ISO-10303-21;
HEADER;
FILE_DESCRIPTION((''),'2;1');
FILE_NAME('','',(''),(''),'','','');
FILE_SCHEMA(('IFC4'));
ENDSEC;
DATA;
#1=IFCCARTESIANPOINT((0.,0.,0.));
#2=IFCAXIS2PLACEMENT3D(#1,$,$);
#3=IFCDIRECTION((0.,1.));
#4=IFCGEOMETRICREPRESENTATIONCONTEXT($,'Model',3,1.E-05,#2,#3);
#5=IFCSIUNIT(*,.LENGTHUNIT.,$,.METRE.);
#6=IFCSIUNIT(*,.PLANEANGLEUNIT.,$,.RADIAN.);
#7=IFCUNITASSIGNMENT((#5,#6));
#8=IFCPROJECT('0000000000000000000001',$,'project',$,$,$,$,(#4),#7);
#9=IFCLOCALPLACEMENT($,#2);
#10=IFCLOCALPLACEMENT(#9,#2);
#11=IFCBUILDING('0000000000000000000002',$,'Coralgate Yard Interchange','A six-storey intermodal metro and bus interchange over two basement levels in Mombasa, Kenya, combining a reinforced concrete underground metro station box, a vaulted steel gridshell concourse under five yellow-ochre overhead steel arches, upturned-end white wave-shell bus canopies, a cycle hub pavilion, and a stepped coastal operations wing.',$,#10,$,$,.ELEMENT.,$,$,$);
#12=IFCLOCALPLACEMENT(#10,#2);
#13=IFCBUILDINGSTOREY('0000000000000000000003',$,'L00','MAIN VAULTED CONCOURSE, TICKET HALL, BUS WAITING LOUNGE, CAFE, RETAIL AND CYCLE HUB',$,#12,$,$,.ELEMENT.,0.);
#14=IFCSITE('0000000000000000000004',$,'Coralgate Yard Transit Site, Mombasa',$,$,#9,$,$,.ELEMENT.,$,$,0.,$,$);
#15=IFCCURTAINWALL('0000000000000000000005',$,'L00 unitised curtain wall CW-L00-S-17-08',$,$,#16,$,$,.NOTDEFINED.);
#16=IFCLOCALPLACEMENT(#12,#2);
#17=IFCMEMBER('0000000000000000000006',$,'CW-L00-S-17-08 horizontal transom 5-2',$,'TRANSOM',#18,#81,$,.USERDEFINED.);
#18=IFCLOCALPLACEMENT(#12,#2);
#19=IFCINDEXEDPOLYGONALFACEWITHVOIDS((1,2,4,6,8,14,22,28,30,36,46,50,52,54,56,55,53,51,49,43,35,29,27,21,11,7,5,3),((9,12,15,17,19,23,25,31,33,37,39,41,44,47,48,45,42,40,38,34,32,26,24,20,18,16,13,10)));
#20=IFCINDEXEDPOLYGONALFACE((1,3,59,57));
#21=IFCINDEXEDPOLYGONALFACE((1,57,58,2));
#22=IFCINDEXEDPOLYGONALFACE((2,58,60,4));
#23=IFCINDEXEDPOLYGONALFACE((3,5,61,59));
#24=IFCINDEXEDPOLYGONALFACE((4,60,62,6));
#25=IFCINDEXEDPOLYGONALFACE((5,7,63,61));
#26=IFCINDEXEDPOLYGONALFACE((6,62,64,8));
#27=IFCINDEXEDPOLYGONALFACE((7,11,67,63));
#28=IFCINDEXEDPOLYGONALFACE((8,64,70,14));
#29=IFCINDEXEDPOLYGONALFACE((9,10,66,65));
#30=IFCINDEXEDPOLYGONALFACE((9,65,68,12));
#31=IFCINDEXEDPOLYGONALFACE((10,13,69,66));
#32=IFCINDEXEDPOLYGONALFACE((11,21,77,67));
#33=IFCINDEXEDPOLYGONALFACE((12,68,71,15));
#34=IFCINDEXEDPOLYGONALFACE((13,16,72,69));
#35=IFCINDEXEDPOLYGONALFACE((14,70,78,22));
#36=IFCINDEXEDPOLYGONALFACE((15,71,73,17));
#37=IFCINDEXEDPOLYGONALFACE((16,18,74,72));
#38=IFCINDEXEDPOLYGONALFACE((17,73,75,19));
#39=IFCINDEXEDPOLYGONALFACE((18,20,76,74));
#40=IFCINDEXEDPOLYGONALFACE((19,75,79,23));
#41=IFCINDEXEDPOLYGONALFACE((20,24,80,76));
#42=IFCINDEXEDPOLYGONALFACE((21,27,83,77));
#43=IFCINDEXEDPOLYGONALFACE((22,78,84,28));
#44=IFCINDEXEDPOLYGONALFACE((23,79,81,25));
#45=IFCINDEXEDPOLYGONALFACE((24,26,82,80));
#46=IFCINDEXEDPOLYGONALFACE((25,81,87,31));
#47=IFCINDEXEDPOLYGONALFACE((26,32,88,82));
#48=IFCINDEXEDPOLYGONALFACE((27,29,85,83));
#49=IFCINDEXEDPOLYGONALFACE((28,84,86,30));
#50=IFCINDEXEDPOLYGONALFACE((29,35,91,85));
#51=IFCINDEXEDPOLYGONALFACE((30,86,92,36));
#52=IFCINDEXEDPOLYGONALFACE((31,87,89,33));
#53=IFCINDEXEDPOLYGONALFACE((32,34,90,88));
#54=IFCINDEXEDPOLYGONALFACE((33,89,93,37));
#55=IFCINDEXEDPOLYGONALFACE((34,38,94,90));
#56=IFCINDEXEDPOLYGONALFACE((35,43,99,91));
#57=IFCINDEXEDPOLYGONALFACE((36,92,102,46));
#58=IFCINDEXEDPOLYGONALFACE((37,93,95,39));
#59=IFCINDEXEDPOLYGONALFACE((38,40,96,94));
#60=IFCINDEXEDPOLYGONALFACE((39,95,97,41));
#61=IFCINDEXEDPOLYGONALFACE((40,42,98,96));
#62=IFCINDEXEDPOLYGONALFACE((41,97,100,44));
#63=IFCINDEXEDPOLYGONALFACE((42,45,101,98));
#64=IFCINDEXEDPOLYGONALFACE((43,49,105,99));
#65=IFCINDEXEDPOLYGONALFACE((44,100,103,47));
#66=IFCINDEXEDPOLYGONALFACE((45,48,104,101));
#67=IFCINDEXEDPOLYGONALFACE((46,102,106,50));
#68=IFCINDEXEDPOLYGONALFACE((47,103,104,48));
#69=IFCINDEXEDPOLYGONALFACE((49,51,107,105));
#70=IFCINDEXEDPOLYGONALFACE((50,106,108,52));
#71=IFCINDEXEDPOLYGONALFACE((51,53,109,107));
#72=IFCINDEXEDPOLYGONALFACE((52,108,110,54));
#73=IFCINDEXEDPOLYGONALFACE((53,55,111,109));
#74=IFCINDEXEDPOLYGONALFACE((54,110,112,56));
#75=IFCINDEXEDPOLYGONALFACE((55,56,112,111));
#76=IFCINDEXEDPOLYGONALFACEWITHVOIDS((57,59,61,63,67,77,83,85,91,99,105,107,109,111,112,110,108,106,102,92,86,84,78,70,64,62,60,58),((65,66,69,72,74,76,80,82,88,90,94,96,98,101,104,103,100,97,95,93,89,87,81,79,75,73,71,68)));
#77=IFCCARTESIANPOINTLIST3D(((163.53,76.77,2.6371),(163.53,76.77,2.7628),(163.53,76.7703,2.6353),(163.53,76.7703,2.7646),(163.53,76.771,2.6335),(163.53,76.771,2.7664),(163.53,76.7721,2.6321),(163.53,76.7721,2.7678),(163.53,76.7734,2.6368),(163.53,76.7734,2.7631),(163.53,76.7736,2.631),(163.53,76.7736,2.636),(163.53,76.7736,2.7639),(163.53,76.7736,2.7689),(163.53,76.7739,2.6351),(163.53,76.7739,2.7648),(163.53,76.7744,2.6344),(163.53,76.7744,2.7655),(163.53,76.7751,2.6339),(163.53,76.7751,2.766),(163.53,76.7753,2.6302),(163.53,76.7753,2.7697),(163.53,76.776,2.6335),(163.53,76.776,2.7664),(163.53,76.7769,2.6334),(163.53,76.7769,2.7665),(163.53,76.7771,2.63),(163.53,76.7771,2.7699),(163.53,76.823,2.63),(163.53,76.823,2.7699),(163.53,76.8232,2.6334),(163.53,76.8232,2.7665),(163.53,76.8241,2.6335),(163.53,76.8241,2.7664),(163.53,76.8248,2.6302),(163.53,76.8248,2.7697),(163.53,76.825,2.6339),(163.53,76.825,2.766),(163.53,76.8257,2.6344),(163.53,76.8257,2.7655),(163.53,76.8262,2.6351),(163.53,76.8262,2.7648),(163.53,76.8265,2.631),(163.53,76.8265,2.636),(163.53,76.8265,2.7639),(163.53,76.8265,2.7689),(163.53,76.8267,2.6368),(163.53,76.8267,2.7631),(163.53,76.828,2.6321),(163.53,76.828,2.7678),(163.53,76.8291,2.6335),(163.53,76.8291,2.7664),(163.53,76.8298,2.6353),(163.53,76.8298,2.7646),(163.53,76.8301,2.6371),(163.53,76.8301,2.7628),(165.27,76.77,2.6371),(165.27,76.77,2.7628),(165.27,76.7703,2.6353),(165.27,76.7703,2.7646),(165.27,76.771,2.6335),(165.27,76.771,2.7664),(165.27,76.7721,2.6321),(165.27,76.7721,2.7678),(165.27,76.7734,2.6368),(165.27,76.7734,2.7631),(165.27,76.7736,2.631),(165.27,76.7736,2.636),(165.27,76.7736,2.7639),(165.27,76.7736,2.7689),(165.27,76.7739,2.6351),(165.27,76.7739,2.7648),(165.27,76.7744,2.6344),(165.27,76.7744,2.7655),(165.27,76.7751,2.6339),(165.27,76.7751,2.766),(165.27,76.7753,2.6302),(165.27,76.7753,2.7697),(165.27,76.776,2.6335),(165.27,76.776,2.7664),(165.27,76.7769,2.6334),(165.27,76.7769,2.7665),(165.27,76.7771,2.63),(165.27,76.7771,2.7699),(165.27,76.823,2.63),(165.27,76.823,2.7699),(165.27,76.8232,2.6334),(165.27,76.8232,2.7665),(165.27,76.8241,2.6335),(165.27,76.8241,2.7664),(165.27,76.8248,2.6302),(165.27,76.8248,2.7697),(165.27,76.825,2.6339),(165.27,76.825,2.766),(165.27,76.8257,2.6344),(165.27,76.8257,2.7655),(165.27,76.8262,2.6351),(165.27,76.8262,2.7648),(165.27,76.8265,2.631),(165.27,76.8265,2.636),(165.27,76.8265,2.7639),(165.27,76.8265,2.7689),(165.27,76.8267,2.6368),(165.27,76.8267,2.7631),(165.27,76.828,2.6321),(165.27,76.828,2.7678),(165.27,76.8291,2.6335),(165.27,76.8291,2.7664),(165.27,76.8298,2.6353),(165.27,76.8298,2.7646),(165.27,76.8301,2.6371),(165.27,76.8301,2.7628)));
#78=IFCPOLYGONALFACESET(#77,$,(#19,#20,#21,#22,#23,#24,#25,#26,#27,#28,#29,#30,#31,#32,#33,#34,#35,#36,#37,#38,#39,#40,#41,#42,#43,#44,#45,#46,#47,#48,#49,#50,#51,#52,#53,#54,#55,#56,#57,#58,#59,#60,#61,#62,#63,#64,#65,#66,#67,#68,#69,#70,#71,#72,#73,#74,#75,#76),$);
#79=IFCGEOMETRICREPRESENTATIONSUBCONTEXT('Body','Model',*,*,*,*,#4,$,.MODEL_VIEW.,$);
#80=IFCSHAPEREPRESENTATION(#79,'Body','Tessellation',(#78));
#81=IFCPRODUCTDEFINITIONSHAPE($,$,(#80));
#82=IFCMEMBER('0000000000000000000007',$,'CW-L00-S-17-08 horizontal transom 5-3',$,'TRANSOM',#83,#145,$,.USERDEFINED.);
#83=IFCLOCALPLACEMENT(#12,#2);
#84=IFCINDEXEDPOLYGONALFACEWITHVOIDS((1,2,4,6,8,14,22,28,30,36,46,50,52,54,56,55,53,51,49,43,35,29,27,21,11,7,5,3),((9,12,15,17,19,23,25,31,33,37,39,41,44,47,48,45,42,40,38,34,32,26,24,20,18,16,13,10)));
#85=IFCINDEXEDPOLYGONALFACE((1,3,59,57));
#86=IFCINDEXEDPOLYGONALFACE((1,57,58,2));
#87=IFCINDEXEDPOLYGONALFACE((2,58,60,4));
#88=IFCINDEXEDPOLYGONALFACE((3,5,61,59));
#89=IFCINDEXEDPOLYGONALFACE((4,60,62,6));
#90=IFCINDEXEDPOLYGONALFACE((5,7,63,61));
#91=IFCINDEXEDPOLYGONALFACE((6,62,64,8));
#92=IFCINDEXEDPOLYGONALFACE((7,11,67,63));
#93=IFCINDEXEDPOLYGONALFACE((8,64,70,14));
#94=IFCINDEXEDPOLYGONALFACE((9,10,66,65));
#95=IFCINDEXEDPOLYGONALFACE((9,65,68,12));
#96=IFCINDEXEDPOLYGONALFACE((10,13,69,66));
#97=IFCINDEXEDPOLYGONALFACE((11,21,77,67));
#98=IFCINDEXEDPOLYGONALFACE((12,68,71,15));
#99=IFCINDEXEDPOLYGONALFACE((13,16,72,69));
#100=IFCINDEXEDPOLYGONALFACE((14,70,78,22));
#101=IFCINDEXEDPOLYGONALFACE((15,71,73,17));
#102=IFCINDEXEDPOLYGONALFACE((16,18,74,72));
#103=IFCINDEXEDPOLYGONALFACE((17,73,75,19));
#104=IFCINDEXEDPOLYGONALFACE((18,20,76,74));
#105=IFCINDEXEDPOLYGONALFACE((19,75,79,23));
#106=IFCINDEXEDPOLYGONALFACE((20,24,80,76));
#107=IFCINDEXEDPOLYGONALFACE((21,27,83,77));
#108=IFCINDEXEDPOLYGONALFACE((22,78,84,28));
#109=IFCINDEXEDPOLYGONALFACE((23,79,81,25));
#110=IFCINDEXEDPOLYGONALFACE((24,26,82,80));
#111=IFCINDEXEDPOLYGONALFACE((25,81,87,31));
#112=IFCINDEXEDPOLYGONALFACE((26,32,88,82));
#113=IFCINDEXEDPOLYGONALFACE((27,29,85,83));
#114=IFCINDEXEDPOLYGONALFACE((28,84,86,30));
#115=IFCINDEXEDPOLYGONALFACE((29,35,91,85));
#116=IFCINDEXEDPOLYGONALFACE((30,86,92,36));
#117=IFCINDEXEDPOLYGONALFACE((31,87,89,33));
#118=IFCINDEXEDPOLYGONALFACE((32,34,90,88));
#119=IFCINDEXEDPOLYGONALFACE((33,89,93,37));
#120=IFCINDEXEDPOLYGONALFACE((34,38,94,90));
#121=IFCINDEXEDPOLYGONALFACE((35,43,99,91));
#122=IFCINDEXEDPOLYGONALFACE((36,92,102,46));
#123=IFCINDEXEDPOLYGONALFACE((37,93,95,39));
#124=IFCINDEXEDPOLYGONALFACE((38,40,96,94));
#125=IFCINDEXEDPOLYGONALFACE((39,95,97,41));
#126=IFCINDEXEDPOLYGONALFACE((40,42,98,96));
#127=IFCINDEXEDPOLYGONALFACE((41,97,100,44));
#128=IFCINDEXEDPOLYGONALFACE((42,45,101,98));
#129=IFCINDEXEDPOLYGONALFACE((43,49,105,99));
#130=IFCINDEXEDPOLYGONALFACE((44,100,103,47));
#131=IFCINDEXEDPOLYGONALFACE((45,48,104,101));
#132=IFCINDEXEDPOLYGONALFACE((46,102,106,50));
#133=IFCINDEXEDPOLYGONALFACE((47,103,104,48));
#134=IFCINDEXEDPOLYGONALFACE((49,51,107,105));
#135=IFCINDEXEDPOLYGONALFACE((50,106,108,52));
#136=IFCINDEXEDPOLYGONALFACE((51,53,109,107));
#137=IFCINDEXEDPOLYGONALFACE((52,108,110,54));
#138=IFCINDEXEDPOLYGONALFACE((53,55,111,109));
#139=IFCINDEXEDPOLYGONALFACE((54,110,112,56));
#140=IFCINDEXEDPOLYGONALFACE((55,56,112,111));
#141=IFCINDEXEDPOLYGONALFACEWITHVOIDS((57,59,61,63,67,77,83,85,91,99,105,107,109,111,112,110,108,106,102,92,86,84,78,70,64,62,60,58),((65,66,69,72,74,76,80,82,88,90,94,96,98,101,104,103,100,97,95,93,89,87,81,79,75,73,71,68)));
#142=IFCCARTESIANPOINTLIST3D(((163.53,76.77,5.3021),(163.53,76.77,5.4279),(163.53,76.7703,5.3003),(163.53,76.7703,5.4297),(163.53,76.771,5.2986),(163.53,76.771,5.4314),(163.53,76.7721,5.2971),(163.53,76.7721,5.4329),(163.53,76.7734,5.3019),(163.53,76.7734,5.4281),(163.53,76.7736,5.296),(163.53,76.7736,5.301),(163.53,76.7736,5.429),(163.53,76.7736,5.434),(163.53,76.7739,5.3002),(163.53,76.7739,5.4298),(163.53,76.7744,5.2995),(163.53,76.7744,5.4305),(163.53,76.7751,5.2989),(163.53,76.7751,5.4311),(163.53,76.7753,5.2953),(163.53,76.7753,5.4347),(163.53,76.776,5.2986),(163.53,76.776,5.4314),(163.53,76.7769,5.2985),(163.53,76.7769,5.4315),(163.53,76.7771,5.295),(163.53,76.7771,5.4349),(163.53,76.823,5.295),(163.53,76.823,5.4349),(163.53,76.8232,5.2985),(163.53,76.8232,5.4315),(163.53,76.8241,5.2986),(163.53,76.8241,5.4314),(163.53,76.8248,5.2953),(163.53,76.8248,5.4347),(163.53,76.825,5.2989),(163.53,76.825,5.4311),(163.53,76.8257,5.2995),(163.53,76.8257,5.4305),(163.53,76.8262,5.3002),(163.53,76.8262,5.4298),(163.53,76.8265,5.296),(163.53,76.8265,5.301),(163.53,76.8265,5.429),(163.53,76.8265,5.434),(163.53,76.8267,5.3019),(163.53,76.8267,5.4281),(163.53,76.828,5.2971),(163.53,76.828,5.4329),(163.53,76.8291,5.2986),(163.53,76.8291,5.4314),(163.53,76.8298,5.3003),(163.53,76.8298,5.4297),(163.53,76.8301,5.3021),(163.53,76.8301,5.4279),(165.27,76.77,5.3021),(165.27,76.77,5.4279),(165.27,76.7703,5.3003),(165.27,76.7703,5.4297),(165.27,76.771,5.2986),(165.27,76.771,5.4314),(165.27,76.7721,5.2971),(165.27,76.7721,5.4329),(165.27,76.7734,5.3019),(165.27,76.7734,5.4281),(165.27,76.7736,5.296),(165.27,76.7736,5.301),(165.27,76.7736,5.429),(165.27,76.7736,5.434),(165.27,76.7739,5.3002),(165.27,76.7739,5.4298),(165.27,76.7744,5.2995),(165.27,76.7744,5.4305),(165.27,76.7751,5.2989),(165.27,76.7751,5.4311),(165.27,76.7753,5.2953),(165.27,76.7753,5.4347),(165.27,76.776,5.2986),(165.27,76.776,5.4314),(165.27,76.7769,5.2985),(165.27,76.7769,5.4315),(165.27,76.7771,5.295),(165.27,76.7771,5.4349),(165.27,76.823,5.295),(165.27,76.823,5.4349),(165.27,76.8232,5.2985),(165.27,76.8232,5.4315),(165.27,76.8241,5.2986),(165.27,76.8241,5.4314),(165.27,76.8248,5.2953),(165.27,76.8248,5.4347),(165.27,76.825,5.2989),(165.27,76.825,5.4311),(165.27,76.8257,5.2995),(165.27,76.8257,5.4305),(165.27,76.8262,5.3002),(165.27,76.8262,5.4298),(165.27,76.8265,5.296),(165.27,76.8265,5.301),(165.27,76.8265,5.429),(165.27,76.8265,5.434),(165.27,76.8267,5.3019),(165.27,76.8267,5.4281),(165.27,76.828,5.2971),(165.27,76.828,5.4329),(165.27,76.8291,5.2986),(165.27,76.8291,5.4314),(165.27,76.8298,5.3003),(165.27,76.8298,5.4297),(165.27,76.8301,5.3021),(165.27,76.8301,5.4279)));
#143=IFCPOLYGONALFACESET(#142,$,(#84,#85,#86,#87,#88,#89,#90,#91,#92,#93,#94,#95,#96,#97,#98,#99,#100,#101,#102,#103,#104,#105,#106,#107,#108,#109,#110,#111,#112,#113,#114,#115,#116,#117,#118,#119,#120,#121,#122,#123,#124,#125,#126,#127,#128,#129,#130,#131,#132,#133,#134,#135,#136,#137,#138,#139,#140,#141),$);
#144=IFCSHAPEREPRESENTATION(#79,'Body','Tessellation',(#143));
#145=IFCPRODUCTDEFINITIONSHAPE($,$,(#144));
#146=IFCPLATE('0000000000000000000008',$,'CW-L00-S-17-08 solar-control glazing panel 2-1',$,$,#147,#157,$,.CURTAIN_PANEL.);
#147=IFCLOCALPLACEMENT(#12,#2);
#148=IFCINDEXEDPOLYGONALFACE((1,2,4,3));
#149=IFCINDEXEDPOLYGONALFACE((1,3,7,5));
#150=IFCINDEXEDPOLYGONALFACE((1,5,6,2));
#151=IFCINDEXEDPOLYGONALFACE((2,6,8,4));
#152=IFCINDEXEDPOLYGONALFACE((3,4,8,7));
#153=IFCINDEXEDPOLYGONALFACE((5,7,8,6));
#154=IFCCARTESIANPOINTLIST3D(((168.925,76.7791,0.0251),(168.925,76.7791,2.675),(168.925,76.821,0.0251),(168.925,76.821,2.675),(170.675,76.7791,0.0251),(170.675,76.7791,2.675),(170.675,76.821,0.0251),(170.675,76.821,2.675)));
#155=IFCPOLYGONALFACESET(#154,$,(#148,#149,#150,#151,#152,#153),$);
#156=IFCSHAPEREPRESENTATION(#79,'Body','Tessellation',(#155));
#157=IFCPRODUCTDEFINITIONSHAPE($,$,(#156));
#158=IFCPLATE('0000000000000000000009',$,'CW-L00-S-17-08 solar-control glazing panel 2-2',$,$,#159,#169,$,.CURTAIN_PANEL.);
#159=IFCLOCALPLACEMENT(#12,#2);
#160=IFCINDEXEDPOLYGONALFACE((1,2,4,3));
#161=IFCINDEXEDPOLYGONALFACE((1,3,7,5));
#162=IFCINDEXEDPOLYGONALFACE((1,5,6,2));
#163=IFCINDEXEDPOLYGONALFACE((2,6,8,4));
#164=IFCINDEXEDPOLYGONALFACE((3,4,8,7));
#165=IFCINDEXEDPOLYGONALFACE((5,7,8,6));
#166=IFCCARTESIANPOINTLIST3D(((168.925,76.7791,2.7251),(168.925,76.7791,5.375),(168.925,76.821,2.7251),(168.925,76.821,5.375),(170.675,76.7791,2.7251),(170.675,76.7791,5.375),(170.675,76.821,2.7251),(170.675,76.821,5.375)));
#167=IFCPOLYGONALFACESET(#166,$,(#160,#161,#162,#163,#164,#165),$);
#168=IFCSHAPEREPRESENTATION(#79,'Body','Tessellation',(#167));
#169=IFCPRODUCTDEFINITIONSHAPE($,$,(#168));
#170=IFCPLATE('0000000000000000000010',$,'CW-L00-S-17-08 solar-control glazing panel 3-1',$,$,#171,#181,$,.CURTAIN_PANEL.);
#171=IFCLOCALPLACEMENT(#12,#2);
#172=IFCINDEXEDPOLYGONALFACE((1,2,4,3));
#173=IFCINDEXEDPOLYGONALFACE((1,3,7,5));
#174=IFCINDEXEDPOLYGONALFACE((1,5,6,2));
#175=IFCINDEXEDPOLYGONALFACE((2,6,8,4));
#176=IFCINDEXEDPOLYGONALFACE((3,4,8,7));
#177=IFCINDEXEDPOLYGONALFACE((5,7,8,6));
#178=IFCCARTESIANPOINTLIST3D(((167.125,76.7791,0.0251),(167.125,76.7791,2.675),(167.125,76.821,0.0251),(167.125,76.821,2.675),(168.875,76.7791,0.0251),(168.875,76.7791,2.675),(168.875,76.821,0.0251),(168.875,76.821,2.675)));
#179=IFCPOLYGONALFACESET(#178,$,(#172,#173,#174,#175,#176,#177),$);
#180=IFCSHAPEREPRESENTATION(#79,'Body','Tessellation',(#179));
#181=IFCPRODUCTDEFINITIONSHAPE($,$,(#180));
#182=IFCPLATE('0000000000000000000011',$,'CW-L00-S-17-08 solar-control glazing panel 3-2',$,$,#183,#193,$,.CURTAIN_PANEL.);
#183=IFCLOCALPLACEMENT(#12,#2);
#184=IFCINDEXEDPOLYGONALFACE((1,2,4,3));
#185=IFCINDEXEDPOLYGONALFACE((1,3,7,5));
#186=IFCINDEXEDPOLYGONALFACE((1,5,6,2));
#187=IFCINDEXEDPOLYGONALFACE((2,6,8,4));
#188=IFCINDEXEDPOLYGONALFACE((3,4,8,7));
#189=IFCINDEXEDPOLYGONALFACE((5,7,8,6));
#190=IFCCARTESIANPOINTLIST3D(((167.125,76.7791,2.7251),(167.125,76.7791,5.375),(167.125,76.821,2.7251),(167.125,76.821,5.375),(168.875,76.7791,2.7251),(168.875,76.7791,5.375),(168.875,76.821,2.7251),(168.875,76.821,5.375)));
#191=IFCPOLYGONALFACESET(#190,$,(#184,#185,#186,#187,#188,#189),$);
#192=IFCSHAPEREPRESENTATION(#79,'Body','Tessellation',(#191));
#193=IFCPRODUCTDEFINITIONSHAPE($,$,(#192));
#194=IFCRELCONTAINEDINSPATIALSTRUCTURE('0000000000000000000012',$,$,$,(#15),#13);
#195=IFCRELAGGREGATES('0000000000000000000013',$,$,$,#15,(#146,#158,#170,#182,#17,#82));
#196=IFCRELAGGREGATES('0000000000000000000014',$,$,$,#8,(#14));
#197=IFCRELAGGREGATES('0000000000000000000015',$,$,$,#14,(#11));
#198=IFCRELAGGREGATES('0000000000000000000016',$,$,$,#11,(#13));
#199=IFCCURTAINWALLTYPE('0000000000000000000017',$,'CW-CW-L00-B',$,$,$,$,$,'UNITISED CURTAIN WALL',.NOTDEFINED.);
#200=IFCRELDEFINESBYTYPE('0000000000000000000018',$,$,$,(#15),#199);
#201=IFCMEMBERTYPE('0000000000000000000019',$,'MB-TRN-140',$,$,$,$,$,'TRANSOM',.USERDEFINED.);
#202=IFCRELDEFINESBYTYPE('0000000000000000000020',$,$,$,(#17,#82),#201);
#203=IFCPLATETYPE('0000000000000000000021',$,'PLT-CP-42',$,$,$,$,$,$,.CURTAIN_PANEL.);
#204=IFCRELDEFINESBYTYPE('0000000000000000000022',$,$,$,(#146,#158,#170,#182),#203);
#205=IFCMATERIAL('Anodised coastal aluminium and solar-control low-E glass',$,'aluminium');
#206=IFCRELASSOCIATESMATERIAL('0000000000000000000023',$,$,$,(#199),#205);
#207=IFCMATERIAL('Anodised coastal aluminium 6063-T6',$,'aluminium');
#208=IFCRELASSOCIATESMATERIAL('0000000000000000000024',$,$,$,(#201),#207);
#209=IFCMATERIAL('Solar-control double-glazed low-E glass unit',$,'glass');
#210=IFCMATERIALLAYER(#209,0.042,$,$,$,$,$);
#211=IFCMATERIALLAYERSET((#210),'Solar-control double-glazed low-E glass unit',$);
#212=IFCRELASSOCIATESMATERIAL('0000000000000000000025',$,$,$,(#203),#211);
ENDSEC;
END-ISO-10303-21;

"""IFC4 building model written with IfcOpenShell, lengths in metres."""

from ifc_helpers import new_model, si_unit, direction, frame, origin, origin_2d, place, context, subcontext, project, spatial, rectangle, hollow_rectangle, extrude, material, layer, layer_set, material_profile, profile_set, type_object, element, aggregate, save


model = new_model("IFC4")

# Units and contexts
model_context = context("Model", 3, precision=1e-05, world=origin(), true_north=direction((0.0, 1.0)))
body_context = subcontext(model_context, "Body", "Model", "MODEL_VIEW")
ifc_project = project(units=[si_unit("LENGTHUNIT", "METRE"), si_unit("PLANEANGLEUNIT", "RADIAN")], contexts=[model_context])

# Site, building, storey
site_placement = place(None, origin())
site = spatial("IfcSite", under=ifc_project, at=site_placement, Name="Coralgate Yard Transit Site, Mombasa", CompositionType="ELEMENT", RefElevation=0.0)
building_placement = place(site_placement, origin())
building = spatial("IfcBuilding", under=site, at=building_placement, Name="Coralgate Yard Interchange", Description="A six-storey intermodal metro and bus interchange over two basement levels in Mombasa, Kenya, combining a reinforced concrete underground metro station box, a vaulted steel gridshell concourse under five yellow-ochre overhead steel arches, upturned-end white wave-shell bus canopies, a cycle hub pavilion, and a stepped coastal operations wing.", CompositionType="ELEMENT")
storey_placement = place(building_placement, origin())
storey = spatial("IfcBuildingStorey", under=building, at=storey_placement, Name="L00", Description="MAIN VAULTED CONCOURSE, TICKET HALL, BUS WAITING LOUNGE, CAFE, RETAIL AND CYCLE HUB", CompositionType="ELEMENT", Elevation=0.0)

# Curtain wall, members, plates
ifc_material_1 = material(Name="Anodised coastal aluminium and solar-control low-E glass", Category="aluminium")
curtain_wall_type = type_object("IfcCurtainWallType", Name="CW-CW-L00-B", ElementType="UNITISED CURTAIN WALL", PredefinedType="NOTDEFINED", material=ifc_material_1)
curtain_wall_placement = place(storey_placement, origin())
curtain_wall = element("IfcCurtainWall", 1, at=curtain_wall_placement, inside=storey, type_object=curtain_wall_type, Name="L00 unitised curtain wall CW-L00-S-17-08", PredefinedType="NOTDEFINED")
ifc_material_2 = material(Name="Anodised coastal aluminium 6063-T6", Category="aluminium")
ifc_material_profile_1 = material_profile(ifc_material_2, hollow_rectangle(XDim=0.0601, YDim=0.1399, WallThickness=0.0034, InnerFilletRadius=0.0034, OuterFilletRadius=0.0071, at=origin_2d()), Name="ALU 60x140x3.5")
ifc_profile_set_1 = profile_set([ifc_material_profile_1], Name="Anodised coastal aluminium 6063-T6")
member_type_1 = type_object("IfcMemberType", Name="MB-TRN-140", ElementType="TRANSOM", PredefinedType="USERDEFINED", material=ifc_profile_set_1)
member_1_placement = place(storey_placement, frame((165.27, 76.8, 2.7), z_axis=(-1.0, 0.0, 0.0), x_axis=(0.0, -1.0, 0.0)))
member_1 = element("IfcMember", 2, at=member_1_placement, type_object=member_type_1, Name="CW-L00-S-17-08 horizontal transom 5-2", ObjectType="TRANSOM", PredefinedType="USERDEFINED", context=body_context, shape_type="SweptSolid", body=[
    extrude(hollow_rectangle(XDim=0.0601, YDim=0.1399, WallThickness=0.0034, InnerFilletRadius=0.0034, OuterFilletRadius=0.0071, at=origin_2d()), origin(), (0.0, 0.0, 1.0), 1.74),
])
member_2_placement = place(storey_placement, frame((165.27, 76.8, 5.365), z_axis=(-1.0, 0.0, 0.0), x_axis=(0.0, -1.0, 0.0)))
member_2 = element("IfcMember", 3, at=member_2_placement, type_object=member_type_1, Name="CW-L00-S-17-08 horizontal transom 5-3", ObjectType="TRANSOM", PredefinedType="USERDEFINED", context=body_context, shape_type="SweptSolid", body=[
    extrude(hollow_rectangle(XDim=0.0601, YDim=0.1399, WallThickness=0.0034, InnerFilletRadius=0.0034, OuterFilletRadius=0.0071, at=origin_2d()), origin(), (0.0, 0.0, 1.0), 1.74),
])
ifc_material_3 = material(Name="Solar-control double-glazed low-E glass unit", Category="glass")
ifc_layer = layer(ifc_material_3, 0.042)
ifc_layer_set = layer_set([ifc_layer], Name="Solar-control double-glazed low-E glass unit")
plate_type = type_object("IfcPlateType", Name="PLT-CP-42", PredefinedType="CURTAIN_PANEL", material=ifc_layer_set)
plate_1_placement = place(storey_placement, frame((169.8, 76.8, 0.0251), z_axis=(0.0, 0.0, 1.0), x_axis=(-1.0, 0.0, 0.0)))
plate_1 = element("IfcPlate", 4, at=plate_1_placement, type_object=plate_type, Name="CW-L00-S-17-08 solar-control glazing panel 2-1", PredefinedType="CURTAIN_PANEL", context=body_context, shape_type="SweptSolid", body=[
    extrude(rectangle(XDim=1.75, YDim=0.042, at=origin_2d()), origin(), (0.0, 0.0, 1.0), 2.6499),
])
plate_2_placement = place(storey_placement, frame((169.8, 76.8, 2.7251), z_axis=(0.0, 0.0, 1.0), x_axis=(-1.0, 0.0, 0.0)))
plate_2 = element("IfcPlate", 5, at=plate_2_placement, type_object=plate_type, Name="CW-L00-S-17-08 solar-control glazing panel 2-2", PredefinedType="CURTAIN_PANEL", context=body_context, shape_type="SweptSolid", body=[
    extrude(rectangle(XDim=1.75, YDim=0.042, at=origin_2d()), origin(), (0.0, 0.0, 1.0), 2.6499),
])
plate_3_placement = place(storey_placement, frame((168.0, 76.8, 0.0251), z_axis=(0.0, 0.0, 1.0), x_axis=(-1.0, 0.0, 0.0)))
plate_3 = element("IfcPlate", 6, at=plate_3_placement, type_object=plate_type, Name="CW-L00-S-17-08 solar-control glazing panel 3-1", PredefinedType="CURTAIN_PANEL", context=body_context, shape_type="SweptSolid", body=[
    extrude(rectangle(XDim=1.75, YDim=0.042, at=origin_2d()), origin(), (0.0, 0.0, 1.0), 2.6499),
])
plate_4_placement = place(storey_placement, frame((168.0, 76.8, 2.7251), z_axis=(0.0, 0.0, 1.0), x_axis=(-1.0, 0.0, 0.0)))
plate_4 = element("IfcPlate", 7, at=plate_4_placement, type_object=plate_type, Name="CW-L00-S-17-08 solar-control glazing panel 3-2", PredefinedType="CURTAIN_PANEL", context=body_context, shape_type="SweptSolid", body=[
    extrude(rectangle(XDim=1.75, YDim=0.042, at=origin_2d()), origin(), (0.0, 0.0, 1.0), 2.6499),
])
aggregate(curtain_wall, [plate_1, plate_2, plate_3, plate_4, member_1, member_2])

save(model, "model.ifc")
